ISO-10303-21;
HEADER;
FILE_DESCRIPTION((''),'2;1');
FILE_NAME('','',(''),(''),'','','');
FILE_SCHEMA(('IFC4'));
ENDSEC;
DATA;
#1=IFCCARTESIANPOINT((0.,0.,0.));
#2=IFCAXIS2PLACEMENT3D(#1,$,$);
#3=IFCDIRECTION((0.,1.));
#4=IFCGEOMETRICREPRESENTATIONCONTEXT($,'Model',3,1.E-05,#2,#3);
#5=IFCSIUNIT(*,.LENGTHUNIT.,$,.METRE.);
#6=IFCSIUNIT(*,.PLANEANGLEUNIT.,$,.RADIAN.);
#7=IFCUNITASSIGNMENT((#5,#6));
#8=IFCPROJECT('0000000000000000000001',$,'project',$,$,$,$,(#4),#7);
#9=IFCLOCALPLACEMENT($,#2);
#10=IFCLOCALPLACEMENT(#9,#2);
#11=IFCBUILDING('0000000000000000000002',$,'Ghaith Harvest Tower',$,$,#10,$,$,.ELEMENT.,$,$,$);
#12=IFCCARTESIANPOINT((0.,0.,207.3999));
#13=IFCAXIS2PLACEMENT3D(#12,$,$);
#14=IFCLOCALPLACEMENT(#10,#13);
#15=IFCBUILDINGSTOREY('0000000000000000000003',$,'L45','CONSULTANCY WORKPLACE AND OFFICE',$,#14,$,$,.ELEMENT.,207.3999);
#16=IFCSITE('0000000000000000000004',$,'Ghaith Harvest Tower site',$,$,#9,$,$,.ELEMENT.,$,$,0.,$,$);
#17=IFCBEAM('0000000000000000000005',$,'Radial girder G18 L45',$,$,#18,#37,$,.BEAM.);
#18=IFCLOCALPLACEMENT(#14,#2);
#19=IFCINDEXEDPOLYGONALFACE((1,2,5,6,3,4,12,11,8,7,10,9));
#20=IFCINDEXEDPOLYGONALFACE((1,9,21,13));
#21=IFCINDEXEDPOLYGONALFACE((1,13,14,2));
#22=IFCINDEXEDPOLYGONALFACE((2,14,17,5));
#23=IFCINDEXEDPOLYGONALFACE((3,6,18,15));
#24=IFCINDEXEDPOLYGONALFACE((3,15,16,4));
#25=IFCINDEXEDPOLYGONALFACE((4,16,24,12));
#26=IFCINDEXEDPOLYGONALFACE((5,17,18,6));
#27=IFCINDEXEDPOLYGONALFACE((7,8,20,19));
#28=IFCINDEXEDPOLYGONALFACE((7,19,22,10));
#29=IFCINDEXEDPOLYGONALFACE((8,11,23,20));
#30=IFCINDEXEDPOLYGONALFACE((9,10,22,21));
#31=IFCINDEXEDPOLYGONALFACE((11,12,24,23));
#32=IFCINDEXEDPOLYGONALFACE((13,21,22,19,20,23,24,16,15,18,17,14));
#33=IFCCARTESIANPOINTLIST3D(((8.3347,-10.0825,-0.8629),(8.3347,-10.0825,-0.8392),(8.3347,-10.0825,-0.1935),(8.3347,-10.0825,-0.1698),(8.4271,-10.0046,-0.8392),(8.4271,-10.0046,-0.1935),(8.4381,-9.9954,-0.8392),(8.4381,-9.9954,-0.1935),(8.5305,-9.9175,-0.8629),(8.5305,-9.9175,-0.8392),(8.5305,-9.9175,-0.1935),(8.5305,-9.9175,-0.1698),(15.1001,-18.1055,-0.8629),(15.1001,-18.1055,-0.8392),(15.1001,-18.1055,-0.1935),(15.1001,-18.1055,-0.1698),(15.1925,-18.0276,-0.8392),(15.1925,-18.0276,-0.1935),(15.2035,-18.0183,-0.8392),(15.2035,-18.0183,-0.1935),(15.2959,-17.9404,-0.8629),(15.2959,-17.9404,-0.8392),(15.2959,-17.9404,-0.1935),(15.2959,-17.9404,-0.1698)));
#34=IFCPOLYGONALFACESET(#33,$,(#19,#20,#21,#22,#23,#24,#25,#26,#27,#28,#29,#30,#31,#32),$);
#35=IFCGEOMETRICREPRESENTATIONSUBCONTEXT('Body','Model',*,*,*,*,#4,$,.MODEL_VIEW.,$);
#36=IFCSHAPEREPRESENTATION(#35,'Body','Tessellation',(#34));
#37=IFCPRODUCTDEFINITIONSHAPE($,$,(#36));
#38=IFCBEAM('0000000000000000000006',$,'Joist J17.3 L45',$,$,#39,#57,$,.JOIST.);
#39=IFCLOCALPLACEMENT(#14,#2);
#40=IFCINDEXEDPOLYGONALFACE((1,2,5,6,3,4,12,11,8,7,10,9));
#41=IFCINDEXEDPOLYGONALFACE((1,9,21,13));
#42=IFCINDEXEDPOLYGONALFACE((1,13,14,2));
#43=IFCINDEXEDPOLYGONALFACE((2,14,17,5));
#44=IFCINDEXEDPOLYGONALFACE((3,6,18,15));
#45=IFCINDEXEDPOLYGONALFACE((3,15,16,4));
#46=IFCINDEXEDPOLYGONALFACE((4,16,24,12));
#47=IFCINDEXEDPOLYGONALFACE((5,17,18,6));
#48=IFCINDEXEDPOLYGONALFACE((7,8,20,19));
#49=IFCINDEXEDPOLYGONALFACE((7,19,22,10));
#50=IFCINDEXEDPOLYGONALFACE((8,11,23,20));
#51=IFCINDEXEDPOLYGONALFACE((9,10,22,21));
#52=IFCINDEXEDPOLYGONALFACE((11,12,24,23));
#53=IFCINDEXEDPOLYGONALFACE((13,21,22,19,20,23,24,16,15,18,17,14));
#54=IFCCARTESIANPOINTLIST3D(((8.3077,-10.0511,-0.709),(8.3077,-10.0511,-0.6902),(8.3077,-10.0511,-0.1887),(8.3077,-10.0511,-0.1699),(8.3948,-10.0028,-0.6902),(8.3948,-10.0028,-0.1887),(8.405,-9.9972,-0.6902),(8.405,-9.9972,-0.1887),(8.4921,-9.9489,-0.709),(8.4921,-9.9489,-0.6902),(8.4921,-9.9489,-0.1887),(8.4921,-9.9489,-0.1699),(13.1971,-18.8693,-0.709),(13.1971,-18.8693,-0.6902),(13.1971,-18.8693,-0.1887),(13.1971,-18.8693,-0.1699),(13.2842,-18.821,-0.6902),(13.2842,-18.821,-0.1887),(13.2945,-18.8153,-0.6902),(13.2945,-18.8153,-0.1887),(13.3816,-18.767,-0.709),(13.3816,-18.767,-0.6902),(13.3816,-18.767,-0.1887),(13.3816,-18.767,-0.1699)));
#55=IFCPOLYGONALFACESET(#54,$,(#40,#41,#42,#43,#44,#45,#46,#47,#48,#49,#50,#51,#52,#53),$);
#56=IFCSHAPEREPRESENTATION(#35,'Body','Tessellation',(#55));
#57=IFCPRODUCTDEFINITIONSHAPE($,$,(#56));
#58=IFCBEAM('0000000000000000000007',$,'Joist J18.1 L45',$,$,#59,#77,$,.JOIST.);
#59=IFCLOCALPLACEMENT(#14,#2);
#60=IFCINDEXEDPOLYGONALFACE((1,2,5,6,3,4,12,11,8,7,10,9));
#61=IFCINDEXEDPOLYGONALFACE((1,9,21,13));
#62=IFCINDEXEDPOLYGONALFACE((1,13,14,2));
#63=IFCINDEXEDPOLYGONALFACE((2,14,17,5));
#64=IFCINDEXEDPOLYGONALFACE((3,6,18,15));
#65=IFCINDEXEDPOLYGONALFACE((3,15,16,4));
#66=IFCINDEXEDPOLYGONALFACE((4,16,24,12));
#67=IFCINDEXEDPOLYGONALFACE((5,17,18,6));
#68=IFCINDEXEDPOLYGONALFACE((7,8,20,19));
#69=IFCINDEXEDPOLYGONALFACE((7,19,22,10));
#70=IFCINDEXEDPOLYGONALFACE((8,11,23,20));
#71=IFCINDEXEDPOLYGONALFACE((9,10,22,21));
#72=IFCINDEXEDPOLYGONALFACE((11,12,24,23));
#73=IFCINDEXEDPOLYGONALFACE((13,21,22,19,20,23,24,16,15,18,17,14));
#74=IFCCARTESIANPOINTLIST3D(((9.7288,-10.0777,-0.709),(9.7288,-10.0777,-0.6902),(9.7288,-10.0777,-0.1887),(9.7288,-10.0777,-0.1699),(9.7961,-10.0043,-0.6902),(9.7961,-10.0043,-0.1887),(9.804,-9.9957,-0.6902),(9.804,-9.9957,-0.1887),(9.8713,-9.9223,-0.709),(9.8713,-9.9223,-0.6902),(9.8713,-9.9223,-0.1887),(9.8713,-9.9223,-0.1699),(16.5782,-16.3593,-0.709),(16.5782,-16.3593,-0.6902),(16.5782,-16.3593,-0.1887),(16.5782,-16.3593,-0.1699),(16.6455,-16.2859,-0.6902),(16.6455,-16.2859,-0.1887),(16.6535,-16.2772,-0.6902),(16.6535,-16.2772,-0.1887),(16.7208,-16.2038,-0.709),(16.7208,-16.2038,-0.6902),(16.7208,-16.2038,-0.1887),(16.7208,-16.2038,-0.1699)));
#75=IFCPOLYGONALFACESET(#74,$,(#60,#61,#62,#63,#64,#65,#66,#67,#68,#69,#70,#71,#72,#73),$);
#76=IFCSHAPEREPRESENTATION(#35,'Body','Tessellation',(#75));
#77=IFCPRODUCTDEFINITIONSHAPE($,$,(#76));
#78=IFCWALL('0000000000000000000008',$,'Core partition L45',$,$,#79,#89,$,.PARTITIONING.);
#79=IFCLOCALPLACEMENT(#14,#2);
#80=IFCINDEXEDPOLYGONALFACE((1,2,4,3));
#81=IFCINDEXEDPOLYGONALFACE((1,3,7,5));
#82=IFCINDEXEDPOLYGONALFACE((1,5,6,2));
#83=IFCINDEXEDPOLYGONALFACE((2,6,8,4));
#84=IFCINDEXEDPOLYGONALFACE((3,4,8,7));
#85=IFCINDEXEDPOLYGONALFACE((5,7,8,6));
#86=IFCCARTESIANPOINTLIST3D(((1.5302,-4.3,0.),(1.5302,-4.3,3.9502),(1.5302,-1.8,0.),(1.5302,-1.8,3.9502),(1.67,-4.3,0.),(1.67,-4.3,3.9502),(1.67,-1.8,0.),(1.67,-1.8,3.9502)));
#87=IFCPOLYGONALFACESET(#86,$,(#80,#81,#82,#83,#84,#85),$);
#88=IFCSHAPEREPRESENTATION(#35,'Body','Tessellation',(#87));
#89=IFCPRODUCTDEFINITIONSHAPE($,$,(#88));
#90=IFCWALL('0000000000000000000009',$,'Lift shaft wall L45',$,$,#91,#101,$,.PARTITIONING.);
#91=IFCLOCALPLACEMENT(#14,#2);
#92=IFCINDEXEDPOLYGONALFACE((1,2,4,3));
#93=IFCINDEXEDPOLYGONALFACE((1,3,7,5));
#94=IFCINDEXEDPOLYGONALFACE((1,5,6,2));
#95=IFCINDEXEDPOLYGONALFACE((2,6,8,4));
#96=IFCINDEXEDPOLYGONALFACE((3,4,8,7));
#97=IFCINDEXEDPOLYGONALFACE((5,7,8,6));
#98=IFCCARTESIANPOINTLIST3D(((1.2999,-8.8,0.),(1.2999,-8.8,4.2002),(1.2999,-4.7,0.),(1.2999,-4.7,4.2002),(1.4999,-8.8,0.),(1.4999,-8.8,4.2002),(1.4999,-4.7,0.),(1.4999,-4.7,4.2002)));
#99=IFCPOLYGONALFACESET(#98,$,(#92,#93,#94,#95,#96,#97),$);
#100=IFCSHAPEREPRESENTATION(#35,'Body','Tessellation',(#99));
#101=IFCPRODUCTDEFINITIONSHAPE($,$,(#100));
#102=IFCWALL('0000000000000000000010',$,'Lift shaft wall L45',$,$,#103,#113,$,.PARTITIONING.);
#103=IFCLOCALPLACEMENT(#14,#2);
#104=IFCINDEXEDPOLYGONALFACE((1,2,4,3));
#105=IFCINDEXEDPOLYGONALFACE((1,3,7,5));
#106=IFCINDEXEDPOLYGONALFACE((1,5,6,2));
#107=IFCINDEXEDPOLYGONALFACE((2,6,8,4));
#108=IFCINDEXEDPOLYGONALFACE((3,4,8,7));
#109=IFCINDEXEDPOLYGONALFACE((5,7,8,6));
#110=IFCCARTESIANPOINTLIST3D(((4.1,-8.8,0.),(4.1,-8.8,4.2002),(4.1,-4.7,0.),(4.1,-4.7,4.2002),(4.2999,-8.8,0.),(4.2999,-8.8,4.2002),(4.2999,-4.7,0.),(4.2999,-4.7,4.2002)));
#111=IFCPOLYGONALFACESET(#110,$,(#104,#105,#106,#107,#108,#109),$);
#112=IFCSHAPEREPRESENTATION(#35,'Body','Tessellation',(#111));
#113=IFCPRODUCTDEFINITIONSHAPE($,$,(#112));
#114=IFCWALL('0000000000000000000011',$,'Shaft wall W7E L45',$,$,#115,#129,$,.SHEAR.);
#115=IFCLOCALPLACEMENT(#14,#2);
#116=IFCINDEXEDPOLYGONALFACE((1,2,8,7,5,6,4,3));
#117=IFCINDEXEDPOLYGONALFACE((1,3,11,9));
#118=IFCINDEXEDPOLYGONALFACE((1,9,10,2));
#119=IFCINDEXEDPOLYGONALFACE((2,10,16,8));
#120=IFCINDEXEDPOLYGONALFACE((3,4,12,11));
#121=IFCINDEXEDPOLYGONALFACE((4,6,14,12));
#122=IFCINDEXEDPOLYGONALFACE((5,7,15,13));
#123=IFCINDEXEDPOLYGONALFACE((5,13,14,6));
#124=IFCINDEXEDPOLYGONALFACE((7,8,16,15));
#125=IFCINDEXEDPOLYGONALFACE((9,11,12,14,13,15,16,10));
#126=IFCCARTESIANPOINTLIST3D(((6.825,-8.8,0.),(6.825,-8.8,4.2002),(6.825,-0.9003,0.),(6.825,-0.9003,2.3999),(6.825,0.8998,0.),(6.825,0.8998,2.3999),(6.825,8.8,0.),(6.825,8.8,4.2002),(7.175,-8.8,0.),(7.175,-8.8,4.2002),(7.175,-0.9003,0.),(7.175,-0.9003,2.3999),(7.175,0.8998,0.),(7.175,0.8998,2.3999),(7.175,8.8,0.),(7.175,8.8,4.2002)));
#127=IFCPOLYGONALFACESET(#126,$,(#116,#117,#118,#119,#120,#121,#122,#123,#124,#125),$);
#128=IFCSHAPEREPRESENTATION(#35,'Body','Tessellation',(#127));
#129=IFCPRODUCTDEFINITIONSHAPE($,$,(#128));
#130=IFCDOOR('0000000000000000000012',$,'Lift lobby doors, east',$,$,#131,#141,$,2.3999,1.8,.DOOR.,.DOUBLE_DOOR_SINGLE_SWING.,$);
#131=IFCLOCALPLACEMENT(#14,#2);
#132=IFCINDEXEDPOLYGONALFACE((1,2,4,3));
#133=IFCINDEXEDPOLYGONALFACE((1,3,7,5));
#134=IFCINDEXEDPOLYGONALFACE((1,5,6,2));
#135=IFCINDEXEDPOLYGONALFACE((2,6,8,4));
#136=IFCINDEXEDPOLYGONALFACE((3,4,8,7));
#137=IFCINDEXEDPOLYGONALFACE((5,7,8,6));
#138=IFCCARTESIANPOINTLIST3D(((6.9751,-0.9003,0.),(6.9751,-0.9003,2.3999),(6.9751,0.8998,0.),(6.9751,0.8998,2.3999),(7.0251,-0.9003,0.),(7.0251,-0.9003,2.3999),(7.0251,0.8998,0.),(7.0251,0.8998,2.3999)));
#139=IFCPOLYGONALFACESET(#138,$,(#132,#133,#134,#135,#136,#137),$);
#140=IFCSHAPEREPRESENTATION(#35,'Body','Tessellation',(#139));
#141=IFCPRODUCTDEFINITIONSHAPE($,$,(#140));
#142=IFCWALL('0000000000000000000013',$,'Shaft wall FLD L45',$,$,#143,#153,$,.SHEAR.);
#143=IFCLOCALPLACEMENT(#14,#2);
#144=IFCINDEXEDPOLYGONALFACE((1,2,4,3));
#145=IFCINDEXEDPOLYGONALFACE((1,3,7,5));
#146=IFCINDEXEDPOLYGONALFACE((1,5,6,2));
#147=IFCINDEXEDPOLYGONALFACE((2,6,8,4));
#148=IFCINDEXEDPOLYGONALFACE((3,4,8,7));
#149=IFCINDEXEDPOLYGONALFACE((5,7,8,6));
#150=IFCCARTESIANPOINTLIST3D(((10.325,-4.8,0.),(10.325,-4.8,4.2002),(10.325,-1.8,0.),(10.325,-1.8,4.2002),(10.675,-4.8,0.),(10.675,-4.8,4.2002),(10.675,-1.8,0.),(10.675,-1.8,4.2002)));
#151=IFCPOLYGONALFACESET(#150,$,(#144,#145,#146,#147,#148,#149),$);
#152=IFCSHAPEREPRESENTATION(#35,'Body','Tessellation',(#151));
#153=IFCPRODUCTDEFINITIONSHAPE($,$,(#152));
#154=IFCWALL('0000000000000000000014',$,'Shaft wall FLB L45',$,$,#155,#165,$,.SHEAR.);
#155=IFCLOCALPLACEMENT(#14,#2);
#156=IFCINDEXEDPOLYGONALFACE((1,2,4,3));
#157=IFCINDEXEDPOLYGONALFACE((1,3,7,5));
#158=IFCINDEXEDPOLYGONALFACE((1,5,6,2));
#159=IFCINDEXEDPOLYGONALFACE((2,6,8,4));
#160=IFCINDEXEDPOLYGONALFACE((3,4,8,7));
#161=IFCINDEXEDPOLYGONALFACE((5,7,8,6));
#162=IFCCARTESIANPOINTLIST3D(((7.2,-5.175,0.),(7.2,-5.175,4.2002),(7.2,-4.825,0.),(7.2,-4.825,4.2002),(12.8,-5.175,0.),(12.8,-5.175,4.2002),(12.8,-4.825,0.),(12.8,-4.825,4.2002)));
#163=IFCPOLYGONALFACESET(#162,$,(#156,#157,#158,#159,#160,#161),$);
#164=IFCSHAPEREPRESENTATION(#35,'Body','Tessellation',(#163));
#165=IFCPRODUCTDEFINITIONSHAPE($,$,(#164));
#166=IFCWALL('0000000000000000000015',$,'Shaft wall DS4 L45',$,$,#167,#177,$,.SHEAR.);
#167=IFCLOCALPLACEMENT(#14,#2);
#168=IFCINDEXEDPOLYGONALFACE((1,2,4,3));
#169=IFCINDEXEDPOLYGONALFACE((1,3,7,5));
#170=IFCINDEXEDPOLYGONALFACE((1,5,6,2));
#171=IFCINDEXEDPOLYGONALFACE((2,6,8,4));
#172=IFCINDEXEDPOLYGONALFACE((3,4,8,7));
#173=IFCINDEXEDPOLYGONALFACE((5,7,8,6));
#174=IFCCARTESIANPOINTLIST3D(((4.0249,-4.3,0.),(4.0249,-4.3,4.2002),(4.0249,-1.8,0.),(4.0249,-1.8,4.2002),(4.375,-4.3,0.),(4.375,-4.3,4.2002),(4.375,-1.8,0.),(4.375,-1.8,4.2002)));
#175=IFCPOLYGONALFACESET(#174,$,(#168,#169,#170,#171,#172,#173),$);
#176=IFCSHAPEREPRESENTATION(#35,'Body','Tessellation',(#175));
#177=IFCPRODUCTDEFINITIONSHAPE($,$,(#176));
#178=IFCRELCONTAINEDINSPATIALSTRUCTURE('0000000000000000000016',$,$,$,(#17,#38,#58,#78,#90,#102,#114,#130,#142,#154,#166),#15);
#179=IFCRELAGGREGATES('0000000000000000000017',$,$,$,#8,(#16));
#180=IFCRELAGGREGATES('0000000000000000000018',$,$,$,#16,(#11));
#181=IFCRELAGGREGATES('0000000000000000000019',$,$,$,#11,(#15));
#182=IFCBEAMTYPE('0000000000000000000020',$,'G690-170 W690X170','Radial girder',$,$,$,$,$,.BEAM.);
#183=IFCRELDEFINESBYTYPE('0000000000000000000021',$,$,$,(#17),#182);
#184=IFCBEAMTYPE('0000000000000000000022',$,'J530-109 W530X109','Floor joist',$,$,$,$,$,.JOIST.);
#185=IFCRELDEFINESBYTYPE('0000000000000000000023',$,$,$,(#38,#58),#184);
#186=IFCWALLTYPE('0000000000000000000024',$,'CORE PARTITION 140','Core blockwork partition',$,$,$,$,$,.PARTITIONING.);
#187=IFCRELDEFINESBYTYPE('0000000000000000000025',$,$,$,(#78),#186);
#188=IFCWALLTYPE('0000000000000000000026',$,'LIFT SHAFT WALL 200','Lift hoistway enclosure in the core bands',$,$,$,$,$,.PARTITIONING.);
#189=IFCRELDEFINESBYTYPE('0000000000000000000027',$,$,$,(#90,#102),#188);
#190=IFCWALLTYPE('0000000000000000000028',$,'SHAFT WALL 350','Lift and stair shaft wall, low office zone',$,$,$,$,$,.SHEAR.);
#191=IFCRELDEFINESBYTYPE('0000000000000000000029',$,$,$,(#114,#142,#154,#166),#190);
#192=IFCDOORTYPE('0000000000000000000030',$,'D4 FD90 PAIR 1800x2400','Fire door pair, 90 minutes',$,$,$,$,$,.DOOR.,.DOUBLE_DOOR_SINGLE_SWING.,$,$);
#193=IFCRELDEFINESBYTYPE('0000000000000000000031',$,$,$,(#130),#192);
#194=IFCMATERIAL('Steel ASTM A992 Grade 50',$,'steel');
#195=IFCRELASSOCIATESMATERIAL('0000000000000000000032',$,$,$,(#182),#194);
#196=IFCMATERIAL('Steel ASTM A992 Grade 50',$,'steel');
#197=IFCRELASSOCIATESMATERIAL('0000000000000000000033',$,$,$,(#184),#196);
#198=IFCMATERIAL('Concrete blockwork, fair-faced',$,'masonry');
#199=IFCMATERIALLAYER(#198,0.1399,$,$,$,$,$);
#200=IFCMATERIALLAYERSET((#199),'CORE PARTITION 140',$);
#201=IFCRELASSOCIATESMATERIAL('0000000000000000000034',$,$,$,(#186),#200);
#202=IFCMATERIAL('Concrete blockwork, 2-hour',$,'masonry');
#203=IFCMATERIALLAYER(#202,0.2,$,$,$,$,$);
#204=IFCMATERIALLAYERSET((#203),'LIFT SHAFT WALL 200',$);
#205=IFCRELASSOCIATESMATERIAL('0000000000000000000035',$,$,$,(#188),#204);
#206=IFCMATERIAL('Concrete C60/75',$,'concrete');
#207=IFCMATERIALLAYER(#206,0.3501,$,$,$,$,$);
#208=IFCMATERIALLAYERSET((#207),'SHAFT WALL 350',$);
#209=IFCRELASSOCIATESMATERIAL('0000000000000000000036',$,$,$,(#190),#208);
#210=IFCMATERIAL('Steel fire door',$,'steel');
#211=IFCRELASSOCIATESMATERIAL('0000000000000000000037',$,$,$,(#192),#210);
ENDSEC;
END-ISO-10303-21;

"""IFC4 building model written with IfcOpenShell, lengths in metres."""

from ifc_helpers import new_model, si_unit, direction, frame, frame_2d, origin, origin_2d, place, context, subcontext, project, spatial, rectangle, i_section, extrude, material, layer, layer_set, material_profile, profile_set, type_object, element, fill, save


model = new_model("IFC4")

# Units and contexts
model_context = context("Model", 3, precision=1e-05, world=origin(), true_north=direction((0.0, 1.0)))
body_context = subcontext(model_context, "Body", "Model", "MODEL_VIEW")
ifc_project = project(units=[si_unit("LENGTHUNIT", "METRE"), si_unit("PLANEANGLEUNIT", "RADIAN")], contexts=[model_context])

# Site, building, storey
site_placement = place(None, origin())
site = spatial("IfcSite", under=ifc_project, at=site_placement, Name="Ghaith Harvest Tower site", CompositionType="ELEMENT", RefElevation=0.0)
building_placement = place(site_placement, origin())
building = spatial("IfcBuilding", under=site, at=building_placement, Name="Ghaith Harvest Tower", CompositionType="ELEMENT")
storey_placement = place(building_placement, frame((0.0, 0.0, 207.3999)))
storey = spatial("IfcBuildingStorey", under=building, at=storey_placement, Name="L45", Description="CONSULTANCY WORKPLACE AND OFFICE", CompositionType="ELEMENT", Elevation=207.3999)

# Beams
ifc_material_1 = material(Name="Steel ASTM A992 Grade 50", Category="steel")
ifc_material_profile_1 = material_profile(ifc_material_1, i_section(OverallWidth=0.2561, OverallDepth=0.6931, WebThickness=0.0144, FlangeThickness=0.0237, at=origin_2d()), Name="W690X170")
ifc_profile_set_1 = profile_set([ifc_material_profile_1], Name="Steel ASTM A992 Grade 50")
beam_type_1 = type_object("IfcBeamType", Name="G690-170 W690X170", Description="Radial girder", PredefinedType="BEAM", material=ifc_profile_set_1)
beam_1_placement = place(storey_placement, frame((8.4326, -10.0, -0.5164), z_axis=(0.644649, -0.764478, 0.0), x_axis=(0.764478, 0.644649, 0.0)))
element("IfcBeam", 1, at=beam_1_placement, inside=storey, type_object=beam_type_1, Name="Radial girder G18 L45", PredefinedType="BEAM", context=body_context, shape_type="SweptSolid", body=[
    extrude(i_section(OverallWidth=0.2561, OverallDepth=0.6931, WebThickness=0.0144, FlangeThickness=0.0237, at=origin_2d()), origin(), (0.0, 0.0, 1.0), 10.4946),
])
ifc_material_2 = material(Name="Steel ASTM A992 Grade 50", Category="steel")
ifc_material_profile_2 = material_profile(ifc_material_2, i_section(OverallWidth=0.2109, OverallDepth=0.5391, WebThickness=0.0117, FlangeThickness=0.0188, at=origin_2d()), Name="W530X109")
ifc_profile_set_2 = profile_set([ifc_material_profile_2], Name="Steel ASTM A992 Grade 50")
beam_type_2 = type_object("IfcBeamType", Name="J530-109 W530X109", Description="Floor joist", PredefinedType="JOIST", material=ifc_profile_set_2)
beam_2_placement = place(storey_placement, frame((8.3999, -10.0, -0.4395), z_axis=(0.484919, -0.874559, 0.0), x_axis=(0.874559, 0.484919, 0.0)))
element("IfcBeam", 2, at=beam_2_placement, inside=storey, type_object=beam_type_2, Name="Joist J17.3 L45", PredefinedType="JOIST", context=body_context, shape_type="SweptSolid", body=[
    extrude(i_section(OverallWidth=0.2109, OverallDepth=0.5391, WebThickness=0.0117, FlangeThickness=0.0188, at=origin_2d()), origin(), (0.0, 0.0, 1.0), 10.083),
])
beam_3_placement = place(storey_placement, frame((9.8, -10.0, -0.4395), z_axis=(0.736998, -0.675895, 0.0), x_axis=(0.675895, 0.736998, 0.0)))
element("IfcBeam", 3, at=beam_3_placement, inside=storey, type_object=beam_type_2, Name="Joist J18.1 L45", PredefinedType="JOIST", context=body_context, shape_type="SweptSolid", body=[
    extrude(i_section(OverallWidth=0.2109, OverallDepth=0.5391, WebThickness=0.0117, FlangeThickness=0.0188, at=origin_2d()), origin(), (0.0, 0.0, 1.0), 9.2937),
])

# Walls
ifc_material_3 = material(Name="Concrete blockwork, fair-faced", Category="masonry")
ifc_layer_1 = layer(ifc_material_3, 0.1399)
ifc_layer_set_1 = layer_set([ifc_layer_1], Name="CORE PARTITION 140")
wall_type_1 = type_object("IfcWallType", Name="CORE PARTITION 140", Description="Core blockwork partition", PredefinedType="PARTITIONING", material=ifc_layer_set_1)
wall_1_placement = place(storey_placement, frame((1.6001, -1.8, 0.0), z_axis=(0.0, 0.0, 1.0), x_axis=(0.0, -1.0, 0.0)))
element("IfcWall", 4, at=wall_1_placement, inside=storey, type_object=wall_type_1, Name="Core partition L45", PredefinedType="PARTITIONING", context=body_context, shape_type="SweptSolid", body=[
    extrude(rectangle(XDim=2.5, YDim=0.1399, at=frame_2d((1.25, 0.0))), origin(), (0.0, 0.0, 1.0), 3.9502),
])
ifc_material_4 = material(Name="Concrete blockwork, 2-hour", Category="masonry")
ifc_layer_2 = layer(ifc_material_4, 0.2)
ifc_layer_set_2 = layer_set([ifc_layer_2], Name="LIFT SHAFT WALL 200")
wall_type_2 = type_object("IfcWallType", Name="LIFT SHAFT WALL 200", Description="Lift hoistway enclosure in the core bands", PredefinedType="PARTITIONING", material=ifc_layer_set_2)
for number, where, z_axis, x_axis, name in (
    (5, (1.3999, -4.7, 0.0), (0.0, 0.0, 1.0), (0.0, -1.0, 0.0), "Lift shaft wall L45"),
    (6, (4.2, -4.7, 0.0), (0.0, 0.0, 1.0), (0.0, -1.0, 0.0), "Lift shaft wall L45"),
):
    element("IfcWall", number, at=place(storey_placement, frame(where, z_axis=z_axis, x_axis=x_axis)), inside=storey, type_object=wall_type_2, Name=name, PredefinedType="PARTITIONING", context=body_context, shape_type="SweptSolid", body=[
        extrude(rectangle(XDim=4.1001, YDim=0.2, at=frame_2d((2.05, 0.0))), origin(), (0.0, 0.0, 1.0), 4.2002),
    ])

# Wall, opening, door
ifc_material_5 = material(Name="Concrete C60/75", Category="concrete")
ifc_layer_3 = layer(ifc_material_5, 0.3501)
ifc_layer_set_3 = layer_set([ifc_layer_3], Name="SHAFT WALL 350")
wall_type_3 = type_object("IfcWallType", Name="SHAFT WALL 350", Description="Lift and stair shaft wall, low office zone", PredefinedType="SHEAR", material=ifc_layer_set_3)
wall_2_placement = place(storey_placement, frame((7.0, -8.8, 0.0), z_axis=(0.0, 0.0, 1.0), x_axis=(0.0, 1.0, 0.0)))
wall_2 = element("IfcWall", 7, at=wall_2_placement, inside=storey, type_object=wall_type_3, Name="Shaft wall W7E L45", PredefinedType="SHEAR", context=body_context, shape_type="SweptSolid", body=[
    extrude(rectangle(XDim=17.6001, YDim=0.3501, at=frame_2d((8.8, 0.0))), origin(), (0.0, 0.0, 1.0), 4.2002),
])
opening_1_placement = place(wall_2_placement, frame((7.8999, 0.0, 0.0)))
opening_1 = element("IfcOpeningElement", 8, at=opening_1_placement, cuts=wall_2, PredefinedType="OPENING", context=body_context, shape_type="SweptSolid", body=[
    extrude(rectangle(XDim=1.8, YDim=2.3999, at=frame_2d((0.8999, 1.2))), frame((0.0, 0.1851, 0.0), z_axis=(0.0, -1.0, 0.0), x_axis=(1.0, 0.0, 0.0)), (0.0, 0.0, 1.0), 0.3701),
])
ifc_material_6 = material(Name="Steel fire door", Category="steel")
door_type_1 = type_object("IfcDoorType", Name="D4 FD90 PAIR 1800x2400", Description="Fire door pair, 90 minutes", OperationType="DOUBLE_DOOR_SINGLE_SWING", PredefinedType="DOOR", material=ifc_material_6)
door_1_placement = place(opening_1_placement, origin())
door_1 = element("IfcDoor", 9, at=door_1_placement, inside=storey, type_object=door_type_1, Name="Lift lobby doors, east", OperationType="DOUBLE_DOOR_SINGLE_SWING", OverallHeight=2.3999, OverallWidth=1.8, PredefinedType="DOOR", context=body_context, shape_type="SweptSolid", body=[
    extrude(rectangle(XDim=1.8, YDim=2.3999, at=frame_2d((0.8999, 1.2))), frame((0.0, 0.0249, 0.0), z_axis=(0.0, -1.0, 0.0), x_axis=(1.0, 0.0, 0.0)), (0.0, 0.0, 1.0), 0.05),
])
fill(opening_1, door_1)

# Walls
wall_3_placement = place(storey_placement, frame((10.5, -4.8, 0.0), z_axis=(0.0, 0.0, 1.0), x_axis=(0.0, 1.0, 0.0)))
element("IfcWall", 10, at=wall_3_placement, inside=storey, type_object=wall_type_3, Name="Shaft wall FLD L45", PredefinedType="SHEAR", context=body_context, shape_type="SweptSolid", body=[
    extrude(rectangle(XDim=3.0, YDim=0.3501, at=frame_2d((1.5, 0.0))), origin(), (0.0, 0.0, 1.0), 4.2002),
])
wall_4_placement = place(storey_placement, frame((7.2, -5.0, 0.0), z_axis=(0.0, 0.0, 1.0), x_axis=(1.0, 0.0, 0.0)))
element("IfcWall", 11, at=wall_4_placement, inside=storey, type_object=wall_type_3, Name="Shaft wall FLB L45", PredefinedType="SHEAR", context=body_context, shape_type="SweptSolid", body=[
    extrude(rectangle(XDim=5.6001, YDim=0.3501, at=frame_2d((2.8, 0.0))), origin(), (0.0, 0.0, 1.0), 4.2002),
])
wall_5_placement = place(storey_placement, frame((4.2, -4.3, 0.0), z_axis=(0.0, 0.0, 1.0), x_axis=(0.0, 1.0, 0.0)))
element("IfcWall", 12, at=wall_5_placement, inside=storey, type_object=wall_type_3, Name="Shaft wall DS4 L45", PredefinedType="SHEAR", context=body_context, shape_type="SweptSolid", body=[
    extrude(rectangle(XDim=2.5, YDim=0.3501, at=frame_2d((1.25, 0.0))), origin(), (0.0, 0.0, 1.0), 4.2002),
])

save(model, "model.ifc")
